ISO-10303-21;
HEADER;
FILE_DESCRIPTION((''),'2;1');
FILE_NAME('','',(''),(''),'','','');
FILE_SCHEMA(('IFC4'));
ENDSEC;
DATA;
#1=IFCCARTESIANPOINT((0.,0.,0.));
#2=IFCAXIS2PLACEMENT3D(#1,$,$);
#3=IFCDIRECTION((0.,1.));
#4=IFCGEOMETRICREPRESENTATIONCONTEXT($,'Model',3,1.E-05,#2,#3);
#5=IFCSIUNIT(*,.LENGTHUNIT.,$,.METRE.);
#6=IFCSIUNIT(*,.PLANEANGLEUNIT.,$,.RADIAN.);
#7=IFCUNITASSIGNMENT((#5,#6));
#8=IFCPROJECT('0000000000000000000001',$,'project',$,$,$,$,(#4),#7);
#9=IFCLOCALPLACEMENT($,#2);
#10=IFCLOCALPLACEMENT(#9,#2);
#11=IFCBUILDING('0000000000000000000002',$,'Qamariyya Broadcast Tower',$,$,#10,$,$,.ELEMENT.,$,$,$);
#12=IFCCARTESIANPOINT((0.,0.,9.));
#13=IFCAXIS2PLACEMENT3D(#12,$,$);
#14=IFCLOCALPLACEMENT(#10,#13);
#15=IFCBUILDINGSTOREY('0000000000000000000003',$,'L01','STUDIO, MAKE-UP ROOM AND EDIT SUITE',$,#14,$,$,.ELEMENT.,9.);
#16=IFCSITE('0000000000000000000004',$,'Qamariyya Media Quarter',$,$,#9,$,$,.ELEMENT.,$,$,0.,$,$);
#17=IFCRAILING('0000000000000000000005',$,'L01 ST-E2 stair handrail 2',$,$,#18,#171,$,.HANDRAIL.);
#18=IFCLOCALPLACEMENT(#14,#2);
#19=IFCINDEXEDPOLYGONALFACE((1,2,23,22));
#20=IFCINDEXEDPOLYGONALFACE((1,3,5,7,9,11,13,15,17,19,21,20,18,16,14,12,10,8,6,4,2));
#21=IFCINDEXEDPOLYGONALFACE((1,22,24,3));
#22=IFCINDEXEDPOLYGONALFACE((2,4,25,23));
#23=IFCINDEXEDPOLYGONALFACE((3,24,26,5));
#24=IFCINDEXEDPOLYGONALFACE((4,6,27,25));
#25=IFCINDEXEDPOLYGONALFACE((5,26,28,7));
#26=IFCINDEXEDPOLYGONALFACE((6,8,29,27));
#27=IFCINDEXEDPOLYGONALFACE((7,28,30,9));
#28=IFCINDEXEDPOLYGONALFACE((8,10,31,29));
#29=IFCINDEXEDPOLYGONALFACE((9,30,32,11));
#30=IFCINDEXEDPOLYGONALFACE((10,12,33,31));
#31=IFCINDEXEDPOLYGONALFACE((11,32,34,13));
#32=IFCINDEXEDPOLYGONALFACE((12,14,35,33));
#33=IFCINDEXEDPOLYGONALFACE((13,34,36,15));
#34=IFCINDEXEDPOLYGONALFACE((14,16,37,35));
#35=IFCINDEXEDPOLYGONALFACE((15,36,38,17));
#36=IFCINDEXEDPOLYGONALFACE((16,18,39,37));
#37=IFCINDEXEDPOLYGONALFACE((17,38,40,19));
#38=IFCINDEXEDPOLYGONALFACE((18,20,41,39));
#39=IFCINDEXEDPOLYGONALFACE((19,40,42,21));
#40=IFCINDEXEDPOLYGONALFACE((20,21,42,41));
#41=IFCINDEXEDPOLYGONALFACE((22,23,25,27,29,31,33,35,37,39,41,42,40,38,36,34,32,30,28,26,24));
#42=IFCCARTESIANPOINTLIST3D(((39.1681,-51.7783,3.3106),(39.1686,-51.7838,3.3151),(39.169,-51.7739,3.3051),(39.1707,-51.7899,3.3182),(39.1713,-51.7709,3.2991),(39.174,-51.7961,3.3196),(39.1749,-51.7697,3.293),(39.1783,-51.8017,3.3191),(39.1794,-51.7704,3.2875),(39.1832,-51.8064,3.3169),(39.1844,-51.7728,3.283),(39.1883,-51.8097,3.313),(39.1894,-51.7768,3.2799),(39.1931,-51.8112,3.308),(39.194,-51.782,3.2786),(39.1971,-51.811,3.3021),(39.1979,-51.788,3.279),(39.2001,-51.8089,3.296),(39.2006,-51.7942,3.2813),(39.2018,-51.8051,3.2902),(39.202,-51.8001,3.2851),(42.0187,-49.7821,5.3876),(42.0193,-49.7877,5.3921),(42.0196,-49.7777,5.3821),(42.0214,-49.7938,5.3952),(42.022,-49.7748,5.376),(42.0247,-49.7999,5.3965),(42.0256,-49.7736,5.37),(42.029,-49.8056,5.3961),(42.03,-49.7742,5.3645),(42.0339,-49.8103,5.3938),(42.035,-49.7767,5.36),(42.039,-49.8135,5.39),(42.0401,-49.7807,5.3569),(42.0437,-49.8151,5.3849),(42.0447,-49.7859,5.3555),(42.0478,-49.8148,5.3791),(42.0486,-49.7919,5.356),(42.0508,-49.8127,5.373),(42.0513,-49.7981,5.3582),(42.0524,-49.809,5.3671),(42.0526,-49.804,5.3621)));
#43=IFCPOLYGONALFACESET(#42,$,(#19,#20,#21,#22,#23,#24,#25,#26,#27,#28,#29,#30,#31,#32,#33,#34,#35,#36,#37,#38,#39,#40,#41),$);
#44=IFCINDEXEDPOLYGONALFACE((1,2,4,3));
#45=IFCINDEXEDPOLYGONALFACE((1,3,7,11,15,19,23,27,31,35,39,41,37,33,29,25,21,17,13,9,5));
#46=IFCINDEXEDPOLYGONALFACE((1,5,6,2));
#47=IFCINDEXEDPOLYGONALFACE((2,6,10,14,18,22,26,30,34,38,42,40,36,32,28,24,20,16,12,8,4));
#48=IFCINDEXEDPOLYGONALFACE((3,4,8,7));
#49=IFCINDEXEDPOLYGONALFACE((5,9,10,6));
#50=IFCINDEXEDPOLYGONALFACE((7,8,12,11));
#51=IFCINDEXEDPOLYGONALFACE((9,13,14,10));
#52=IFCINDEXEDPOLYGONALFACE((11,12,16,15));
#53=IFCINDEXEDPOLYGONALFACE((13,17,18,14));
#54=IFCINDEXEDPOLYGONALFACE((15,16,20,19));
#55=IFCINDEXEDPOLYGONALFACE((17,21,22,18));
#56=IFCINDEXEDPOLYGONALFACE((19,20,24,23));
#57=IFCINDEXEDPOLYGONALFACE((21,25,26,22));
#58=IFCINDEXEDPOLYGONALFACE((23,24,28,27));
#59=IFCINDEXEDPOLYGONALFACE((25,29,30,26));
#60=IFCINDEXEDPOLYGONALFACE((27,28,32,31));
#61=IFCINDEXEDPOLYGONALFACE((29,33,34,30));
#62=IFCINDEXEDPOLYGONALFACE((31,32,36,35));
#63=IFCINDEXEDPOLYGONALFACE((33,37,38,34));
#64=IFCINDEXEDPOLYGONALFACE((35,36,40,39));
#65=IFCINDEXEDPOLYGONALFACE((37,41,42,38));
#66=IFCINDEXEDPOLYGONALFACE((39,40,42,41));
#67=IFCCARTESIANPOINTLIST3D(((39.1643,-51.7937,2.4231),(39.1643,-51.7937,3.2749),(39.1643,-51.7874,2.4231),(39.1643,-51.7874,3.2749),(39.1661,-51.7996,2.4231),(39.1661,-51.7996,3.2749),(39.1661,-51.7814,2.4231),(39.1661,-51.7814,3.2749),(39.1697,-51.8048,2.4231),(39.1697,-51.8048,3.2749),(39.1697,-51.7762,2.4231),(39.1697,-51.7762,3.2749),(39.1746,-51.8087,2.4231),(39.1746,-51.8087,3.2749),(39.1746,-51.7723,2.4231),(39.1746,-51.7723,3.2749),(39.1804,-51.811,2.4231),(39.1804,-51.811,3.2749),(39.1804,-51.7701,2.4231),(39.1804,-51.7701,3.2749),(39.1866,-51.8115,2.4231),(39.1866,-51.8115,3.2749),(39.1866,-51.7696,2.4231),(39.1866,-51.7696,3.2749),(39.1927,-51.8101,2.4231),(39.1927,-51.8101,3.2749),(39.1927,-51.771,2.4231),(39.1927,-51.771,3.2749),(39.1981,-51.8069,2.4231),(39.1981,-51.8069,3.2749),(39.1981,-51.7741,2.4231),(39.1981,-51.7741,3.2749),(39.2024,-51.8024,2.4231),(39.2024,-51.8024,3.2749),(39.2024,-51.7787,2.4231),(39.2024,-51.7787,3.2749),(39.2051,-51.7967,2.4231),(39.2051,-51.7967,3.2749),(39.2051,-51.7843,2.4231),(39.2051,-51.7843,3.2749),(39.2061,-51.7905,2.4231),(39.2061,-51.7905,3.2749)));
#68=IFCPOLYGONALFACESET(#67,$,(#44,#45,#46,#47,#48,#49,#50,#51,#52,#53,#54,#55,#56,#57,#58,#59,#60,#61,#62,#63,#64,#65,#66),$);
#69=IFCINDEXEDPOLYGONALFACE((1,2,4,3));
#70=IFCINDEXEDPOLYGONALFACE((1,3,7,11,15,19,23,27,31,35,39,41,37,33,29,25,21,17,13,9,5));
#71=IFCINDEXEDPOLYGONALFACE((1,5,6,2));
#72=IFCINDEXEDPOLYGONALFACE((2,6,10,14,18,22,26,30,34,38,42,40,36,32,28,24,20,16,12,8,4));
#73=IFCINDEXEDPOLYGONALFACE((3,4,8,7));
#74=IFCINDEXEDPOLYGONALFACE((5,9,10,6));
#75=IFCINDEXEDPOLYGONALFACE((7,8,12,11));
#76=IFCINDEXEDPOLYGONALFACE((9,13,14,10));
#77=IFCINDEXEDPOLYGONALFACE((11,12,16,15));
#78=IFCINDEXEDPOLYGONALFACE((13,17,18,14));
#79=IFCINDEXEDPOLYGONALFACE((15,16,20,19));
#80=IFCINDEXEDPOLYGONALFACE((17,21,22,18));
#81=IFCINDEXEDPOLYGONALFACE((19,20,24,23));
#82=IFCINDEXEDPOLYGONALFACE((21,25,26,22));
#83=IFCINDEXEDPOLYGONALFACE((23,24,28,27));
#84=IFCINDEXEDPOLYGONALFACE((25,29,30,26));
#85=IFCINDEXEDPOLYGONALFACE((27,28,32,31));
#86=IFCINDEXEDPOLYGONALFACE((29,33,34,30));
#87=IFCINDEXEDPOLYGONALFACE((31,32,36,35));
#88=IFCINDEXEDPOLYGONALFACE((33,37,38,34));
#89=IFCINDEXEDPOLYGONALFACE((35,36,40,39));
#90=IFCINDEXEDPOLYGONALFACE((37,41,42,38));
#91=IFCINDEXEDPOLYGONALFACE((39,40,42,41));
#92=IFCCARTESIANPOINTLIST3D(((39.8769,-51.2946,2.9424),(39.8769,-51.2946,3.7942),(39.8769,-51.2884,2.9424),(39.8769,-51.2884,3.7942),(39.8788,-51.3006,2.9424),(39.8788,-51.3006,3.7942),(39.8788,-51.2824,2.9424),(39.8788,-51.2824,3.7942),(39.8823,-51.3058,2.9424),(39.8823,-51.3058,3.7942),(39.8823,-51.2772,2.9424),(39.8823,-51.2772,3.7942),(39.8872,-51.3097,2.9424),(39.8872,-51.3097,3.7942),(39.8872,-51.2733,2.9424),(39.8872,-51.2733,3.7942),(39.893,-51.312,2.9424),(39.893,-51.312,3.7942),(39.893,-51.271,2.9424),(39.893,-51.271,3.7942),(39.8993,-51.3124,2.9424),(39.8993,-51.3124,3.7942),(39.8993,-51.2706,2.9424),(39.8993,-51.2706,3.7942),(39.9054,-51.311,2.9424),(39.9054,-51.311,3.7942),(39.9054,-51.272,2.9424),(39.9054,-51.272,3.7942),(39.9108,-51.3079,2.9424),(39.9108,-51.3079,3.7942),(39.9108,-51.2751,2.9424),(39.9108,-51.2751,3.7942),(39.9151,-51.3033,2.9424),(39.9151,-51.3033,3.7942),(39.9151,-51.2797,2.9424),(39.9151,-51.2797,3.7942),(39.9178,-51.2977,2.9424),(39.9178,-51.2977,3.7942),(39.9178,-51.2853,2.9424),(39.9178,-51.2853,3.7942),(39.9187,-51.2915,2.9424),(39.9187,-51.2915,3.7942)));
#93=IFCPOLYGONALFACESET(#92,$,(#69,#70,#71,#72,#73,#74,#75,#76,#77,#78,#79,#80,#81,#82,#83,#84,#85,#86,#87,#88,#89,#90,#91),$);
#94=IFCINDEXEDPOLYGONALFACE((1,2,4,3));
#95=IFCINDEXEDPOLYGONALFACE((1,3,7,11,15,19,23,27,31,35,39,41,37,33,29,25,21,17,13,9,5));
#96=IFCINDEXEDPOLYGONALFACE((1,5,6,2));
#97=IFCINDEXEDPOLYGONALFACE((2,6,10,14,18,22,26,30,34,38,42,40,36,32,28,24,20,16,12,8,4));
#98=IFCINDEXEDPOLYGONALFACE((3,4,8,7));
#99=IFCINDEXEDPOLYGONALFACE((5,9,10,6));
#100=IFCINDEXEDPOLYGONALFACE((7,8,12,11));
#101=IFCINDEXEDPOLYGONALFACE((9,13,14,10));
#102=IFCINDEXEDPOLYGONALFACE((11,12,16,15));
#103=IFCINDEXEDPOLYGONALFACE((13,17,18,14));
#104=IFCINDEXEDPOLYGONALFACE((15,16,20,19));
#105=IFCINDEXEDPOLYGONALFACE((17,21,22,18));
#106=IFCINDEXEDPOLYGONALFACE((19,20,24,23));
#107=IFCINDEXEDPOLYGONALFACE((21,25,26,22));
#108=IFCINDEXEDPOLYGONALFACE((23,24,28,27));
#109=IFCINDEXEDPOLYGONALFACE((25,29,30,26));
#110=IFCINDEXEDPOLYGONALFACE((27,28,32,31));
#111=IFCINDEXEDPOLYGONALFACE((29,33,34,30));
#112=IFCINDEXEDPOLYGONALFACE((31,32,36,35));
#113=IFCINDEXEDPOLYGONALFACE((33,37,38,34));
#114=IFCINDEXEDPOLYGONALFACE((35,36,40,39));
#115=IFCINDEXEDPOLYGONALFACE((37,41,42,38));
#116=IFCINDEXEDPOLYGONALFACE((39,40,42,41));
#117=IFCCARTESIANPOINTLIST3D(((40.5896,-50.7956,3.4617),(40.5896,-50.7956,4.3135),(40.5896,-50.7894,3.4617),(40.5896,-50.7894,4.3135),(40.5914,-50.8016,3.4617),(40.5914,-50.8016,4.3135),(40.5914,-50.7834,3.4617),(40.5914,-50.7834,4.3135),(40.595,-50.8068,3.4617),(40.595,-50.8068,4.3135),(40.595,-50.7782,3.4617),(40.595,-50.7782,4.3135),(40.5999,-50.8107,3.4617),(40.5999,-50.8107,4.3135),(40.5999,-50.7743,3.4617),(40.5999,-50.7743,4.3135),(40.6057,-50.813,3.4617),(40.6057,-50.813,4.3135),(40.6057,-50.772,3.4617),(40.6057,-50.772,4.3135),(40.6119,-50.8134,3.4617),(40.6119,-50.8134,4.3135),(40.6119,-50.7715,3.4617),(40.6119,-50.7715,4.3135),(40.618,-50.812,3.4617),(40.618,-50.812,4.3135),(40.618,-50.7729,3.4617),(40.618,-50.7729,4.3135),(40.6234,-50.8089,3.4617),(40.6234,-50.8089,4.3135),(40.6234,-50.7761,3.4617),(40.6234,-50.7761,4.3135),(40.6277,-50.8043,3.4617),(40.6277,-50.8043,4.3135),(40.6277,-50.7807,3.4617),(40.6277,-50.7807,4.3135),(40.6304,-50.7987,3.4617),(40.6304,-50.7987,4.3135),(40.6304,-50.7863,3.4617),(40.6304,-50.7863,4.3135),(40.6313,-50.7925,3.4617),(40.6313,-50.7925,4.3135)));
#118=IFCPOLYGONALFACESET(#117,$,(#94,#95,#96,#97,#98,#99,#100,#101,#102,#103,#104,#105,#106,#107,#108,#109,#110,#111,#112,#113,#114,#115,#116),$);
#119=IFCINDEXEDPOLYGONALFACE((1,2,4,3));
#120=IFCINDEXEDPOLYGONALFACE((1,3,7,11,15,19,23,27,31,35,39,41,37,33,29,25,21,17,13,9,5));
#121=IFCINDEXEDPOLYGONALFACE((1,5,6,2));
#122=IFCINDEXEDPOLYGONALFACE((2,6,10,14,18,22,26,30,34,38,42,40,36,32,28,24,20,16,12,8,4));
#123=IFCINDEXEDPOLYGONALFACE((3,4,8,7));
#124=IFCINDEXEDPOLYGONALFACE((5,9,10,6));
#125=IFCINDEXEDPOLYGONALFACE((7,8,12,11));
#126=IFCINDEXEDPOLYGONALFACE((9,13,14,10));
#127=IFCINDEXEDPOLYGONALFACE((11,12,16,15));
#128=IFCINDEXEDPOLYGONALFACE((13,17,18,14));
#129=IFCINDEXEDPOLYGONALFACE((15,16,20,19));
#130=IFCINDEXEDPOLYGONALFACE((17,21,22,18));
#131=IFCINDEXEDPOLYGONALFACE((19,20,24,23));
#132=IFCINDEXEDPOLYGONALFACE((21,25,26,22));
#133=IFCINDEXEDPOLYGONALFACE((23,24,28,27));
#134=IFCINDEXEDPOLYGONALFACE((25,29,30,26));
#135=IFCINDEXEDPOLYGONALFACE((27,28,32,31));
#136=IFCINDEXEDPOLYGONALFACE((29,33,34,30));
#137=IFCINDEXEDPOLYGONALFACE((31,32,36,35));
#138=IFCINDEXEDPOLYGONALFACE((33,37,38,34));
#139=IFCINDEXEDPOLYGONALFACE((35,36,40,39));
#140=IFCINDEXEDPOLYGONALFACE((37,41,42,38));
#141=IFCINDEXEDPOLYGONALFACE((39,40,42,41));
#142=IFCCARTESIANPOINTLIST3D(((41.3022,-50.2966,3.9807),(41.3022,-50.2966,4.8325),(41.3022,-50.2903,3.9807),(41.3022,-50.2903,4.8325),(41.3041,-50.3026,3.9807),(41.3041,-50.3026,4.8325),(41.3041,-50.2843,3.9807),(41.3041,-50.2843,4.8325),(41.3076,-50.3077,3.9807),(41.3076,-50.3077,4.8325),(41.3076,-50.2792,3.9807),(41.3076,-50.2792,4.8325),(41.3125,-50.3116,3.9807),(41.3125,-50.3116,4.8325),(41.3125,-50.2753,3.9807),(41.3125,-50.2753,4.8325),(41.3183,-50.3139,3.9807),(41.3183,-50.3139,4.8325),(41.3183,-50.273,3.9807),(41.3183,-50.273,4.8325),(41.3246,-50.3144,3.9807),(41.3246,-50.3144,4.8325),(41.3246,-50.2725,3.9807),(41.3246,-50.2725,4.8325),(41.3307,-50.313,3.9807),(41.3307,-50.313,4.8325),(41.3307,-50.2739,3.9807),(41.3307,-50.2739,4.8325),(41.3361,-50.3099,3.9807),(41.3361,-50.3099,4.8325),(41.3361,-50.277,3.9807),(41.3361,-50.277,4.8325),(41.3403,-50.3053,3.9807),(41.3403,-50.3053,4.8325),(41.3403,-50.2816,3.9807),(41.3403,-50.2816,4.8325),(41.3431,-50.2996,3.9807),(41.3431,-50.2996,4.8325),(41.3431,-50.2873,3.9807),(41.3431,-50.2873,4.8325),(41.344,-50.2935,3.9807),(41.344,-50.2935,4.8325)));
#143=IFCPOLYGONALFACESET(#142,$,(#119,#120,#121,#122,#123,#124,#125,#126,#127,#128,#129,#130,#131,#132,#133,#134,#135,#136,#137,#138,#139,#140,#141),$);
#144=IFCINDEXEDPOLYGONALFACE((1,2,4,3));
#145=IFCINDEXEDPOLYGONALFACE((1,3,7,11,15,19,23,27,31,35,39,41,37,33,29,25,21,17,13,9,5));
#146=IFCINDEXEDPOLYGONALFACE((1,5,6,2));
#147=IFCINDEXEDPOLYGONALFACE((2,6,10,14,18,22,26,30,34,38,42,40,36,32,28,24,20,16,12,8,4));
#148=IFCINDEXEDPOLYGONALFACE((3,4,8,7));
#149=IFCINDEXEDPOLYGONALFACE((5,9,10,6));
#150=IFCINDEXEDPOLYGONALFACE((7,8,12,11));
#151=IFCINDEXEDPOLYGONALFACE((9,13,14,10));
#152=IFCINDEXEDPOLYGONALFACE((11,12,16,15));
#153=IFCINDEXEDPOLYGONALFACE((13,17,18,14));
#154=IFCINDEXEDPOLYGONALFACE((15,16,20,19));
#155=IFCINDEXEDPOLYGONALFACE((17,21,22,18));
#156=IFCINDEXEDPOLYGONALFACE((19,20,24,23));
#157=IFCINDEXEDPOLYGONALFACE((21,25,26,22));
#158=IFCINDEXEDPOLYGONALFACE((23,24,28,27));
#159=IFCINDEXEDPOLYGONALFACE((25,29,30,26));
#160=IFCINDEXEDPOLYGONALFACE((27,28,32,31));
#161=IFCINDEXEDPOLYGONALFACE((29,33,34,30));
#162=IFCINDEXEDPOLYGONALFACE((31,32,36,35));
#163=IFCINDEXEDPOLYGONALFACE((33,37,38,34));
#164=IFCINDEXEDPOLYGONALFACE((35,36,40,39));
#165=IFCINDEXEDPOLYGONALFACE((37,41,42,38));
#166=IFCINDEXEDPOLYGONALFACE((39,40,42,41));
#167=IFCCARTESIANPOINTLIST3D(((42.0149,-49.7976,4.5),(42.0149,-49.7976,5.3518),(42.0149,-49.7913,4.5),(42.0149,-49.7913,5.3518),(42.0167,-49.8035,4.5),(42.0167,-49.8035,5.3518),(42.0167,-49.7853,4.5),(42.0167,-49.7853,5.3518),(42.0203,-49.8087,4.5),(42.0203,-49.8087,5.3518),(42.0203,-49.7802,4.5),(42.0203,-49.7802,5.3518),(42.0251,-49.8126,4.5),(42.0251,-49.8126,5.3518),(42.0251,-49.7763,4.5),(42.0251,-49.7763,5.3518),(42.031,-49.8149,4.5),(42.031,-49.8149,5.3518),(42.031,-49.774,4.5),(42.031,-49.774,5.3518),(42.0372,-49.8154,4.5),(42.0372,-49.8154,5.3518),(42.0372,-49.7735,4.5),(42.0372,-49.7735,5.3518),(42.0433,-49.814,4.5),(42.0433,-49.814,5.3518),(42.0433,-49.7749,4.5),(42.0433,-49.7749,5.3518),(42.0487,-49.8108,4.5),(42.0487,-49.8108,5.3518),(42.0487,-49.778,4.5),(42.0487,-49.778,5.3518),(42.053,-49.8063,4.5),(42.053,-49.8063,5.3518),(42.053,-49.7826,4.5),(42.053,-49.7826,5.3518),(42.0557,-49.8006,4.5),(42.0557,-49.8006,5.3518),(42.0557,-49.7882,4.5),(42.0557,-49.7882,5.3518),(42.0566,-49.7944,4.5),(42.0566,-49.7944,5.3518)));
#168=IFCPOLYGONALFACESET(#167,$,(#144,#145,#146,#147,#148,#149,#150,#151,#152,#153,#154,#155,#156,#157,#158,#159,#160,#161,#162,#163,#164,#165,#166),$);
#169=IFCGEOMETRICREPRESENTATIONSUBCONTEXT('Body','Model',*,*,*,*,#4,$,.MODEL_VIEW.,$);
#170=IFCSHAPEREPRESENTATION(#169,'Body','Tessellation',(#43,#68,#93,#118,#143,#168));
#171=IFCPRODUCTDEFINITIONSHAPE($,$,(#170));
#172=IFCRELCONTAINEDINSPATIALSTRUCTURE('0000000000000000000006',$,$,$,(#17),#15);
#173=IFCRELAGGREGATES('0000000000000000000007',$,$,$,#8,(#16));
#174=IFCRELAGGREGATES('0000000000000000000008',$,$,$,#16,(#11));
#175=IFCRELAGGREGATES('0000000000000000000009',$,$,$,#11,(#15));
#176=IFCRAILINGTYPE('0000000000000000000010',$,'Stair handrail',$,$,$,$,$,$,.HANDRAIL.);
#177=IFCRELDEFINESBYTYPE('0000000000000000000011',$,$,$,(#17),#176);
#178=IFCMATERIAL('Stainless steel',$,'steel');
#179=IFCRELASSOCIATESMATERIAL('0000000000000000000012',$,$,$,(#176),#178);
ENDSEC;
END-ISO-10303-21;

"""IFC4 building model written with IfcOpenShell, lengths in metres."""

from ifc_helpers import new_model, si_unit, direction, frame, origin, origin_2d, place, context, subcontext, project, spatial, circle, extrude, material, type_object, element, save


model = new_model("IFC4")

# Units and contexts
model_context = context("Model", 3, precision=1e-05, world=origin(), true_north=direction((0.0, 1.0)))
body_context = subcontext(model_context, "Body", "Model", "MODEL_VIEW")
ifc_project = project(units=[si_unit("LENGTHUNIT", "METRE"), si_unit("PLANEANGLEUNIT", "RADIAN")], contexts=[model_context])

# Site, building, storey
site_placement = place(None, origin())
site = spatial("IfcSite", under=ifc_project, at=site_placement, Name="Qamariyya Media Quarter", CompositionType="ELEMENT", RefElevation=0.0)
building_placement = place(site_placement, origin())
building = spatial("IfcBuilding", under=site, at=building_placement, Name="Qamariyya Broadcast Tower", CompositionType="ELEMENT")
storey_placement = place(building_placement, frame((0.0, 0.0, 9.0)))
storey = spatial("IfcBuildingStorey", under=building, at=storey_placement, Name="L01", Description="STUDIO, MAKE-UP ROOM AND EDIT SUITE", CompositionType="ELEMENT", Elevation=9.0)

# Railing
ifc_material_1 = material(Name="Stainless steel", Category="steel")
railing_type_1 = type_object("IfcRailingType", Name="Stair handrail", PredefinedType="HANDRAIL", material=ifc_material_1)
for number, where, name in (
    (1, (39.1851, -51.7905, 2.4231), "L01 ST-E2 stair handrail 2"),
):
    element("IfcRailing", number, at=place(storey_placement, frame(where)), inside=storey, type_object=railing_type_1, Name=name, PredefinedType="HANDRAIL", context=body_context, shape_type="SweptSolid", body=[
        extrude(circle(Radius=0.0239, at=origin_2d()), frame((0.0, 0.0, 0.876), z_axis=(0.703393, 0.492544, 0.512484), x_axis=(-0.573594, 0.81914, 0.0)), (0.0, 0.0, 1.0), 4.0527),
        extrude(circle(Radius=0.021, at=origin_2d()), origin(), (0.0, 0.0, 1.0), 0.8518),
        extrude(circle(Radius=0.021, at=origin_2d()), frame((0.7126, 0.499, 0.5193)), (0.0, 0.0, 1.0), 0.8518),
        extrude(circle(Radius=0.021, at=origin_2d()), frame((1.4253, 0.998, 1.0386)), (0.0, 0.0, 1.0), 0.8518),
        extrude(circle(Radius=0.021, at=origin_2d()), frame((2.1379, 1.4971, 1.5576)), (0.0, 0.0, 1.0), 0.8518),
        extrude(circle(Radius=0.021, at=origin_2d()), frame((2.8506, 1.9961, 2.0769)), (0.0, 0.0, 1.0), 0.8518),
    ])

save(model, "model.ifc")
